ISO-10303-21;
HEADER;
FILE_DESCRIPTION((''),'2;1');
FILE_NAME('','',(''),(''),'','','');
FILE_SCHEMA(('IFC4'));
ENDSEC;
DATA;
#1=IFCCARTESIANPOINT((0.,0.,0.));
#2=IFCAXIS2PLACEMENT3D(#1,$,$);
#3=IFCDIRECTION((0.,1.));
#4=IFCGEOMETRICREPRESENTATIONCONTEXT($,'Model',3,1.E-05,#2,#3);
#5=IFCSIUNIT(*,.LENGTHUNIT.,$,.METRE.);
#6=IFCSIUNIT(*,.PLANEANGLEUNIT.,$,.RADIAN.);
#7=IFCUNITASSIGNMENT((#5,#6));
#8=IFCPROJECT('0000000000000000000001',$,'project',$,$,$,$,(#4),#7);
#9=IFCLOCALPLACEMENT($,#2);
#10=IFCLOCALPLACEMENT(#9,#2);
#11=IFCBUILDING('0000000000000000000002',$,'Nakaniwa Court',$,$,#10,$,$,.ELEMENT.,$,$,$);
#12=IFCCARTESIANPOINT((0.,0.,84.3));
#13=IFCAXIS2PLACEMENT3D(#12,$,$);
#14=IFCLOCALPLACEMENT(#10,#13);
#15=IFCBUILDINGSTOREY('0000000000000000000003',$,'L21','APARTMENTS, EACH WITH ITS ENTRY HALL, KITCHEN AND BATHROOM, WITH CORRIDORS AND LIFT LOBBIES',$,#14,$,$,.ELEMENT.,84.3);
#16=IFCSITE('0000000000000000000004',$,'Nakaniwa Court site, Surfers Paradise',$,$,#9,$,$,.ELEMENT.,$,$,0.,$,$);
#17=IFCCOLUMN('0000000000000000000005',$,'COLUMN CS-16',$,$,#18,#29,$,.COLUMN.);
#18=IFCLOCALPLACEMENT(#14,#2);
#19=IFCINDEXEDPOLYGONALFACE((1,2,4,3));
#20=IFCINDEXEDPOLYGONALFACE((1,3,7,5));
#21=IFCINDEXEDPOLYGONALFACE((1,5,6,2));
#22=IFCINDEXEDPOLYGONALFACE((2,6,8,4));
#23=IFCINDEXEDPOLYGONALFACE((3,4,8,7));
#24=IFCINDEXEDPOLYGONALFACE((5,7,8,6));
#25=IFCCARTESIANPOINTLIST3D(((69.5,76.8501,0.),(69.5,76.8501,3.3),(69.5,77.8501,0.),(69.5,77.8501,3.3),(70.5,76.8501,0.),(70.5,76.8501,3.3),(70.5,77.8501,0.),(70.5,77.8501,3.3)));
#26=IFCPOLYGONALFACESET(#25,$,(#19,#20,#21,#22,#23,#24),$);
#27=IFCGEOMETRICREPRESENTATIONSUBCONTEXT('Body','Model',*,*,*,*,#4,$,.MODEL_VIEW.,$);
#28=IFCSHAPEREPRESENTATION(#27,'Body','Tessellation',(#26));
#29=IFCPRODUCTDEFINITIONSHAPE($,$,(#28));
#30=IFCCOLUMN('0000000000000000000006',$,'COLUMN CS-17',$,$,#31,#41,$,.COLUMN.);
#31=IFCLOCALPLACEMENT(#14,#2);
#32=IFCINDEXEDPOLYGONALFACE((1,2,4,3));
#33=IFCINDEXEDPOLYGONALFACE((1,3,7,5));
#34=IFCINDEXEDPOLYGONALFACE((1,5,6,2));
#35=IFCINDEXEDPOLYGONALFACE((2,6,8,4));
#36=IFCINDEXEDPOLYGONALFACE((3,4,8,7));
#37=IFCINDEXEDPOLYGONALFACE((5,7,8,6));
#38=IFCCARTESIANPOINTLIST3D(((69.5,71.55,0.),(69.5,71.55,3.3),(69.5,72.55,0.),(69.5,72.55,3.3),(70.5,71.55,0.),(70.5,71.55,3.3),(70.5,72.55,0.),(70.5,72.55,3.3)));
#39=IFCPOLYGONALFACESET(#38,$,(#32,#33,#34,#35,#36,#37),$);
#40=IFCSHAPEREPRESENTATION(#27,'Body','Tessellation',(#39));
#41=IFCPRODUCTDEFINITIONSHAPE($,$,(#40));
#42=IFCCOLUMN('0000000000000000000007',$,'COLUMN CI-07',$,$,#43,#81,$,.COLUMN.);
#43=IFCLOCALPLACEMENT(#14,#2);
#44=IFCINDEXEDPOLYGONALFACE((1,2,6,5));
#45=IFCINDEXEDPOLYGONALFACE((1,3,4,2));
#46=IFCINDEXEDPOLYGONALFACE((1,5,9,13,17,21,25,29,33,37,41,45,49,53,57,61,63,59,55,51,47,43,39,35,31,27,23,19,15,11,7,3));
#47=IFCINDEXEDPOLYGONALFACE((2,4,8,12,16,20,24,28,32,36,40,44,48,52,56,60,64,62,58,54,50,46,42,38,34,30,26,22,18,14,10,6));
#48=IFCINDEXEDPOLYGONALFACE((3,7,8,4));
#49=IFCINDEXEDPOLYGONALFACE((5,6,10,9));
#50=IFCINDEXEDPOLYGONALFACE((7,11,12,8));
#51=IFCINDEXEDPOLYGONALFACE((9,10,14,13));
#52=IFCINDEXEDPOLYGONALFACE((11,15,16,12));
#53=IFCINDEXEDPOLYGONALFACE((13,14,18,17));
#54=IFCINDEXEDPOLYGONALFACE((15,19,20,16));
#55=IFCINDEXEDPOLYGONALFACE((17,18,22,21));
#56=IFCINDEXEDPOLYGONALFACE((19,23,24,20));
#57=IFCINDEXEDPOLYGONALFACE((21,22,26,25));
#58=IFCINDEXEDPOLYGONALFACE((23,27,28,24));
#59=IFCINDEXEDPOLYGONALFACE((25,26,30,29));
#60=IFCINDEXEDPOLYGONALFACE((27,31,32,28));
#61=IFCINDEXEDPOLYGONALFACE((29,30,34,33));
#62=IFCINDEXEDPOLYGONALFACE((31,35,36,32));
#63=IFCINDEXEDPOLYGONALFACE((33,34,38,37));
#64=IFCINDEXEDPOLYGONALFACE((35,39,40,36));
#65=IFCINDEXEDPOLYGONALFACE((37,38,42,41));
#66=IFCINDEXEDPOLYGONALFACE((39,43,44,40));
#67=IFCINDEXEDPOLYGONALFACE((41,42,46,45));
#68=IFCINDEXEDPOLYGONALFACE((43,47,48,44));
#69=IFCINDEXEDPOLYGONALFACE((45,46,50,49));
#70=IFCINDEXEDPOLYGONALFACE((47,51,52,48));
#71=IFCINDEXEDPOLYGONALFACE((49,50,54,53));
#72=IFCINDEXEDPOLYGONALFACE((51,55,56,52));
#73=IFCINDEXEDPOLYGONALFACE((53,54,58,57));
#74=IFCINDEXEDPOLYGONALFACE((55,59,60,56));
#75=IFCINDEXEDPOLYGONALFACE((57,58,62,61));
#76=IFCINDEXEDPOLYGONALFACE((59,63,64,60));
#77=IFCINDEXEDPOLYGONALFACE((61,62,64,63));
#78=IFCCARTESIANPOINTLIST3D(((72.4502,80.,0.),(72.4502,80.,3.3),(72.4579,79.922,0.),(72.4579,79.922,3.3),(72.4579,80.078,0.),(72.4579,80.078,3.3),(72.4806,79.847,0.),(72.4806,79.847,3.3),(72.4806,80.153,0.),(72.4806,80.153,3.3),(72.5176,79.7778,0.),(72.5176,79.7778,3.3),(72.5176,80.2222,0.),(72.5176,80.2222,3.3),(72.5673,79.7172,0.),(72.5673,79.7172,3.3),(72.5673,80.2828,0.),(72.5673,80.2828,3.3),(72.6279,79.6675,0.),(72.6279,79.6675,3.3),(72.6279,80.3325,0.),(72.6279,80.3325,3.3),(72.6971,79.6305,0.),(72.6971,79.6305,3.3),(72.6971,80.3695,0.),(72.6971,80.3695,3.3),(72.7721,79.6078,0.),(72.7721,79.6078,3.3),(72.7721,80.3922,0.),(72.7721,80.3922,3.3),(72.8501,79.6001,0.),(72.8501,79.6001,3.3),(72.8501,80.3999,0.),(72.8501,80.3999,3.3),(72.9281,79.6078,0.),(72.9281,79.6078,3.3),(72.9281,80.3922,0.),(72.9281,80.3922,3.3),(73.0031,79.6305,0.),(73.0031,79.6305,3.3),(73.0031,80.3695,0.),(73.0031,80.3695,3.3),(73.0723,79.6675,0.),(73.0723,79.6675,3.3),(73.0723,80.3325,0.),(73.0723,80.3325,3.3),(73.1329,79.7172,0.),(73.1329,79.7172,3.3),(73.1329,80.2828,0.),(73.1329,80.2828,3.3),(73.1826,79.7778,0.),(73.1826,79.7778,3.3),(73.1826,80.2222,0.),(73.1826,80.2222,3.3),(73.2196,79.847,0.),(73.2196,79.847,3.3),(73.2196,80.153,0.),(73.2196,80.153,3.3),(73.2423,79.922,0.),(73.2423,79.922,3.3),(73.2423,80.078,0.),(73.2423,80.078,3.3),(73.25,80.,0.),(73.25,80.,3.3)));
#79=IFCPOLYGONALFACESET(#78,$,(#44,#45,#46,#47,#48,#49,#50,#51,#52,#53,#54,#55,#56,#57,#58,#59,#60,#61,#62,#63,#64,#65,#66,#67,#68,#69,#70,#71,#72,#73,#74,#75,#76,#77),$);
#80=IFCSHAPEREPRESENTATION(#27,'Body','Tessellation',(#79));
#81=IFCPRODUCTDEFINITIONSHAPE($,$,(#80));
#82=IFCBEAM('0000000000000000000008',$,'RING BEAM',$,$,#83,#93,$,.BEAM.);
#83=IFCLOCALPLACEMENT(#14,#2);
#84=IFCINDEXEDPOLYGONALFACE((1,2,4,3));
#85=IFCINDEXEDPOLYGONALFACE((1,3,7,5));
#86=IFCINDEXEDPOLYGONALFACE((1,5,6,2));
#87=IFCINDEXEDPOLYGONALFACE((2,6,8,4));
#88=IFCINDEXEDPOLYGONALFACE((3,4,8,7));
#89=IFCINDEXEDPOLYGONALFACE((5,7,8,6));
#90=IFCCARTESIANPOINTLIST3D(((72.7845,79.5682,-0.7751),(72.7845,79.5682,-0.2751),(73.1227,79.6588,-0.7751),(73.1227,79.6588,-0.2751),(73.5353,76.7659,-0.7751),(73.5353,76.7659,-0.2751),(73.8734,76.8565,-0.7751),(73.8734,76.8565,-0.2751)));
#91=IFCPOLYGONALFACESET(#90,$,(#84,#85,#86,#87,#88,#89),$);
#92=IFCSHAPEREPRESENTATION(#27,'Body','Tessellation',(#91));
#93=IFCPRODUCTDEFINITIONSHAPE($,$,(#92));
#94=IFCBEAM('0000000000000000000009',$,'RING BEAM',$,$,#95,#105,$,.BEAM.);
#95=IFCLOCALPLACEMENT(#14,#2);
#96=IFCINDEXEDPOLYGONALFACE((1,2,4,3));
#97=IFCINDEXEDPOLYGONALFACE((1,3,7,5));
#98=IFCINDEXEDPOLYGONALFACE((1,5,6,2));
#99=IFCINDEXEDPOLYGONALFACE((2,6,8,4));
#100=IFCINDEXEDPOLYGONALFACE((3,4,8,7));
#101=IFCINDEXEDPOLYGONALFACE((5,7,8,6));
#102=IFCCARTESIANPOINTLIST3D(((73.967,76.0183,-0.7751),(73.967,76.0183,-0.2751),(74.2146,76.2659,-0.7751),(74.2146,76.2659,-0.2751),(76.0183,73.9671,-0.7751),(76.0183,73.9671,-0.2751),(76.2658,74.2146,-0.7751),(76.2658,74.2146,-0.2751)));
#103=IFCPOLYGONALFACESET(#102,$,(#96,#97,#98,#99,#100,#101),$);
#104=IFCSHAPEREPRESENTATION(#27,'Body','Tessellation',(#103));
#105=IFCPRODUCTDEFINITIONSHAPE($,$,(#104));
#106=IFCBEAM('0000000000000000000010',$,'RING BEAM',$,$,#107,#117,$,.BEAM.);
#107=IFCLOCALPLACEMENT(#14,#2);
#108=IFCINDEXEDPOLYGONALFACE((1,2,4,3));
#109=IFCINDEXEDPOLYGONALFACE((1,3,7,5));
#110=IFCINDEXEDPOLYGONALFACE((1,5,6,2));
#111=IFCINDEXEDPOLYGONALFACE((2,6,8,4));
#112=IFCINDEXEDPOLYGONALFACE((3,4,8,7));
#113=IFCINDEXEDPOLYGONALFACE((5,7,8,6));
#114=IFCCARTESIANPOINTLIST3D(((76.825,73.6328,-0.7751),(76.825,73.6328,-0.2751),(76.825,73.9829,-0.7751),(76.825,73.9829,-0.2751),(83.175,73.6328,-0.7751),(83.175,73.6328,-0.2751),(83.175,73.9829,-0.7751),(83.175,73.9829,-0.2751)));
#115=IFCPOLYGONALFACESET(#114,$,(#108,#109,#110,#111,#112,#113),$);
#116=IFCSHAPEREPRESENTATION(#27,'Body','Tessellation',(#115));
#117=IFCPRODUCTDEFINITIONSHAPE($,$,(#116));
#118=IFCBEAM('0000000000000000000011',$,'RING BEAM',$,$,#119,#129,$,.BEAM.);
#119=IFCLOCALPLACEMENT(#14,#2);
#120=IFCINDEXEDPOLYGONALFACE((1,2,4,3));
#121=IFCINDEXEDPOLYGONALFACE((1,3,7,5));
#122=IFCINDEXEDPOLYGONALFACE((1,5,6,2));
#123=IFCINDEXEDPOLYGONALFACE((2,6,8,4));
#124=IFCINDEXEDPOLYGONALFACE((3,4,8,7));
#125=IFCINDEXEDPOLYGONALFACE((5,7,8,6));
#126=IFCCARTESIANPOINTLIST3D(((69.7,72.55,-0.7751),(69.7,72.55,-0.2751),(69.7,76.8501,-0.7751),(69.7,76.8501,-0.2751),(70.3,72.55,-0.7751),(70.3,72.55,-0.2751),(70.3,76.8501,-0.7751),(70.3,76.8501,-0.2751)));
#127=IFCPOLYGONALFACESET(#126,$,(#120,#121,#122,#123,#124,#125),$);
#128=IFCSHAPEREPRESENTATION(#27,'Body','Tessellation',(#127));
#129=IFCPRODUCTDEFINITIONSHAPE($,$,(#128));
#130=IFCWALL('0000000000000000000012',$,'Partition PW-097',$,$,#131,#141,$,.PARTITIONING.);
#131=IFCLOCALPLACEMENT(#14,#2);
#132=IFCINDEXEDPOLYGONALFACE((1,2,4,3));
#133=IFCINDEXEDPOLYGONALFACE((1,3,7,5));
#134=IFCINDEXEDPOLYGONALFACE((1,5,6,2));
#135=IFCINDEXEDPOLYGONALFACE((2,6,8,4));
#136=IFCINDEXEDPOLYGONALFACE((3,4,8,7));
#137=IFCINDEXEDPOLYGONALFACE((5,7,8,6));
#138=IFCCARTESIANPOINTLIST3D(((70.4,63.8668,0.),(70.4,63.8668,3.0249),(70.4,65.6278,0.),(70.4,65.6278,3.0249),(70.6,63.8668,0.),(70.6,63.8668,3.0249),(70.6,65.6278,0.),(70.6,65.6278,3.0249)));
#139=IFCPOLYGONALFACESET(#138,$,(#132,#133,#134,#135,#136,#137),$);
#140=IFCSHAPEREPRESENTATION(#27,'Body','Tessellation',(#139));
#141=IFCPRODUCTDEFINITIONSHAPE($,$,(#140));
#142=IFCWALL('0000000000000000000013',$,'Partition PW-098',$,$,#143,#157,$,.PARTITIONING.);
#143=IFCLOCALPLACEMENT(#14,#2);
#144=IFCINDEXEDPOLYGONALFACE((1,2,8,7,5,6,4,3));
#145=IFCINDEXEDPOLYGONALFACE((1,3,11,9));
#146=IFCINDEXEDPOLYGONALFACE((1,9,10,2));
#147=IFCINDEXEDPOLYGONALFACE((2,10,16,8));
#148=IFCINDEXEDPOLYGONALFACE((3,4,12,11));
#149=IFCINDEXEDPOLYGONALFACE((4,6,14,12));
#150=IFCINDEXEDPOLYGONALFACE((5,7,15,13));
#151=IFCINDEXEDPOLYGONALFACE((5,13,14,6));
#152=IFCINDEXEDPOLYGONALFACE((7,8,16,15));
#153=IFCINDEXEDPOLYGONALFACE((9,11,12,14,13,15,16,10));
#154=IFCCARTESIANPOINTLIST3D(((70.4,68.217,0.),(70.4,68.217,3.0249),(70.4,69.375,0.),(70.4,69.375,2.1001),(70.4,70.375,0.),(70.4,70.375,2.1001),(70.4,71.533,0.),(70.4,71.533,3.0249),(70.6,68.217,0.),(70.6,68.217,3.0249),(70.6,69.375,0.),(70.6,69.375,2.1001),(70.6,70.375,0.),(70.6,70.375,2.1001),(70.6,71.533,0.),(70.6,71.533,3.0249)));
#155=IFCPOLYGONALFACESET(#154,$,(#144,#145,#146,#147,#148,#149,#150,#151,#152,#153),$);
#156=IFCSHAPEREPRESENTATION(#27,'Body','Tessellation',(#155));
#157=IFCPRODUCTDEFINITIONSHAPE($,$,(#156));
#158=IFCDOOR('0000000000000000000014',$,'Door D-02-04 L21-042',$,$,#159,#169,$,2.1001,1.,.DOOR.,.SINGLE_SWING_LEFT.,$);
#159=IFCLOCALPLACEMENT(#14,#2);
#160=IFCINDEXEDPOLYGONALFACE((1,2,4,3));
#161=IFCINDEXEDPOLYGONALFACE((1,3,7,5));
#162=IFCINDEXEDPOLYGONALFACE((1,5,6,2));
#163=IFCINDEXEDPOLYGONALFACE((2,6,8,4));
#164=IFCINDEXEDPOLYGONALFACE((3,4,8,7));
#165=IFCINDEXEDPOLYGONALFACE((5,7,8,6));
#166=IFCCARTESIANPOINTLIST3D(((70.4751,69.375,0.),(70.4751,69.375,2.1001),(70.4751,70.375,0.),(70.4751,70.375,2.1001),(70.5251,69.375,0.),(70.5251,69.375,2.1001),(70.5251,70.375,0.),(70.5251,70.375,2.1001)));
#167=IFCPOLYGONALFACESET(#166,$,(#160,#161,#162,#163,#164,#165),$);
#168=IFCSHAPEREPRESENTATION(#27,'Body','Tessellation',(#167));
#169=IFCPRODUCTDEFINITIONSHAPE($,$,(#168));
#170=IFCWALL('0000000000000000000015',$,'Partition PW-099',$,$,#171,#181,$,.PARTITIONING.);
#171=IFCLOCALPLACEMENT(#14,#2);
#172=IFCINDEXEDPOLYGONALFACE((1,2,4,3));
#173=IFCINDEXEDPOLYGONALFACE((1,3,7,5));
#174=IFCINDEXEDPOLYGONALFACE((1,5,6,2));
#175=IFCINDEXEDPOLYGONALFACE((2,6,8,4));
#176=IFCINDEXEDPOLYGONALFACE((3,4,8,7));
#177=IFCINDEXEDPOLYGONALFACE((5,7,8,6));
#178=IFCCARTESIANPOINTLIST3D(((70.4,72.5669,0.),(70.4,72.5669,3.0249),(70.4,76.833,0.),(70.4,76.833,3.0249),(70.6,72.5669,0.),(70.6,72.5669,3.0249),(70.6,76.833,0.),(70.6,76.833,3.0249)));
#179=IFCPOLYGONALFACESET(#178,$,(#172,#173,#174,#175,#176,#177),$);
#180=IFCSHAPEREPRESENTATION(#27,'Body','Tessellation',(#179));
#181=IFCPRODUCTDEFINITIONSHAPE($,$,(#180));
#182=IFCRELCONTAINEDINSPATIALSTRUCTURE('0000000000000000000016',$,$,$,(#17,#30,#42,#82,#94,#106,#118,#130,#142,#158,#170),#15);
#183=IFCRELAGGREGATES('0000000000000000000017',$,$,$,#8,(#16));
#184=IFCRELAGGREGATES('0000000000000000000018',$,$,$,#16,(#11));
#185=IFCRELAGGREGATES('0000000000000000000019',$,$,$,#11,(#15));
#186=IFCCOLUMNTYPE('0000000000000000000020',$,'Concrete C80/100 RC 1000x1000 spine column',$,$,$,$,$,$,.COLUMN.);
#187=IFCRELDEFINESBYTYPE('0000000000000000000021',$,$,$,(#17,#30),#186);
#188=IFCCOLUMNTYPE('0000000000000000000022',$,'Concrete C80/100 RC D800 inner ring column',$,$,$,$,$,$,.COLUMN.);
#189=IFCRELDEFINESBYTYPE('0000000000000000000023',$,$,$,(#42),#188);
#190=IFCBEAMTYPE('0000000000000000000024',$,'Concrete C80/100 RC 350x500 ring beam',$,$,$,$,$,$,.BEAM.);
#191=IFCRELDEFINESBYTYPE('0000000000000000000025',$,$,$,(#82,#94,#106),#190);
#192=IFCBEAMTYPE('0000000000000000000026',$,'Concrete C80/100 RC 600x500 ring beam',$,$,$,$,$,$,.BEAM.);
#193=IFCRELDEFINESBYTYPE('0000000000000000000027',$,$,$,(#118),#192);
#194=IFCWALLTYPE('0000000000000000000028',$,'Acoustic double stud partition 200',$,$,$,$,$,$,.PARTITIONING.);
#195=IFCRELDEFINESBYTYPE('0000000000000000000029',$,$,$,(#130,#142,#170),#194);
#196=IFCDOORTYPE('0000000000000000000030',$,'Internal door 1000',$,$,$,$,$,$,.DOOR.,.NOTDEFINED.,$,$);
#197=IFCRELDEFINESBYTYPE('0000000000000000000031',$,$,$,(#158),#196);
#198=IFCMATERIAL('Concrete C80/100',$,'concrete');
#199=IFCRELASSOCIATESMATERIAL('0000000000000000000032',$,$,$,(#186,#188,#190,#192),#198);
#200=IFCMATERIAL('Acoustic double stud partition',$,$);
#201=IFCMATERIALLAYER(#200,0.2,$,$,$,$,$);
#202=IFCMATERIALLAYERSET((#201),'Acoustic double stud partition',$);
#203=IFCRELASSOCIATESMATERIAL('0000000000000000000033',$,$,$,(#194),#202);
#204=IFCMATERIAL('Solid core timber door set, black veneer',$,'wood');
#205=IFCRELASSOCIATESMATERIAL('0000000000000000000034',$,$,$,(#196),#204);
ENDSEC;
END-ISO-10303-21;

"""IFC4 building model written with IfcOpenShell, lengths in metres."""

from ifc_helpers import new_model, si_unit, direction, frame, frame_2d, origin, origin_2d, place, context, subcontext, project, spatial, rectangle, circle, extrude, material, layer, layer_set, material_profile, profile_set, type_object, element, fill, save


model = new_model("IFC4")

# Units and contexts
model_context = context("Model", 3, precision=1e-05, world=origin(), true_north=direction((0.0, 1.0)))
body_context = subcontext(model_context, "Body", "Model", "MODEL_VIEW")
ifc_project = project(units=[si_unit("LENGTHUNIT", "METRE"), si_unit("PLANEANGLEUNIT", "RADIAN")], contexts=[model_context])

# Site, building, storey
site_placement = place(None, origin())
site = spatial("IfcSite", under=ifc_project, at=site_placement, Name="Nakaniwa Court site, Surfers Paradise", CompositionType="ELEMENT", RefElevation=0.0)
building_placement = place(site_placement, origin())
building = spatial("IfcBuilding", under=site, at=building_placement, Name="Nakaniwa Court", CompositionType="ELEMENT")
storey_placement = place(building_placement, frame((0.0, 0.0, 84.3)))
storey = spatial("IfcBuildingStorey", under=building, at=storey_placement, Name="L21", Description="APARTMENTS, EACH WITH ITS ENTRY HALL, KITCHEN AND BATHROOM, WITH CORRIDORS AND LIFT LOBBIES", CompositionType="ELEMENT", Elevation=84.3)

# Columns
ifc_material_1 = material(Name="Concrete C80/100", Category="concrete")
ifc_material_profile_1 = material_profile(ifc_material_1, rectangle(XDim=1.0, YDim=1.0, at=origin_2d()), Name="Concrete C80/100 RC 1000x1000 spine column")
ifc_profile_set_1 = profile_set([ifc_material_profile_1], Name="Concrete C80/100")
column_type_1 = type_object("IfcColumnType", Name="Concrete C80/100 RC 1000x1000 spine column", PredefinedType="COLUMN", material=ifc_profile_set_1)
for number, where, z_axis, x_axis, name in (
    (1, (70.0, 77.3501, 0.0), (0.0, 0.0, 1.0), (0.0, -1.0, 0.0), "COLUMN CS-16"),
    (2, (70.0, 72.05, 0.0), (0.0, 0.0, 1.0), (0.0, -1.0, 0.0), "COLUMN CS-17"),
):
    element("IfcColumn", number, at=place(storey_placement, frame(where, z_axis=z_axis, x_axis=x_axis)), inside=storey, type_object=column_type_1, Name=name, PredefinedType="COLUMN", context=body_context, shape_type="SweptSolid", body=[
        extrude(rectangle(XDim=1.0, YDim=1.0, at=origin_2d()), origin(), (0.0, 0.0, 1.0), 3.3),
    ])
ifc_material_profile_2 = material_profile(ifc_material_1, circle(Radius=0.3999, at=origin_2d()), Name="Concrete C80/100 RC D800 inner ring column")
ifc_profile_set_2 = profile_set([ifc_material_profile_2], Name="Concrete C80/100")
column_type_2 = type_object("IfcColumnType", Name="Concrete C80/100 RC D800 inner ring column", PredefinedType="COLUMN", material=ifc_profile_set_2)
for number, where, z_axis, x_axis, name in (
    (3, (72.8501, 80.0, 0.0), (0.0, 0.0, 1.0), (0.0, -1.0, 0.0), "COLUMN CI-07"),
):
    element("IfcColumn", number, at=place(storey_placement, frame(where, z_axis=z_axis, x_axis=x_axis)), inside=storey, type_object=column_type_2, Name=name, PredefinedType="COLUMN", context=body_context, shape_type="SweptSolid", body=[
        extrude(circle(Radius=0.3999, at=origin_2d()), origin(), (0.0, 0.0, 1.0), 3.3),
    ])

# Beams
ifc_material_profile_3 = material_profile(ifc_material_1, rectangle(XDim=0.3501, YDim=0.5, at=origin_2d()), Name="Concrete C80/100 RC 350x500 ring beam")
ifc_profile_set_3 = profile_set([ifc_material_profile_3], Name="Concrete C80/100")
beam_type_1 = type_object("IfcBeamType", Name="Concrete C80/100 RC 350x500 ring beam", PredefinedType="BEAM", material=ifc_profile_set_3)
beam_1_placement = place(storey_placement, frame((72.9536, 79.6135, -0.5251), z_axis=(0.258778, -0.965937, 0.0), x_axis=(0.965937, 0.258778, 0.0)))
element("IfcBeam", 4, at=beam_1_placement, inside=storey, type_object=beam_type_1, Name="RING BEAM", PredefinedType="BEAM", context=body_context, shape_type="SweptSolid", body=[
    extrude(rectangle(XDim=0.3501, YDim=0.5, at=origin_2d()), origin(), (0.0, 0.0, 1.0), 2.9011),
])
beam_2_placement = place(storey_placement, frame((74.0908, 76.1421, -0.5251), z_axis=(0.707107, -0.707107, 0.0), x_axis=(0.707107, 0.707107, 0.0)))
element("IfcBeam", 5, at=beam_2_placement, inside=storey, type_object=beam_type_1, Name="RING BEAM", PredefinedType="BEAM", context=body_context, shape_type="SweptSolid", body=[
    extrude(rectangle(XDim=0.3501, YDim=0.5, at=origin_2d()), origin(), (0.0, 0.0, 1.0), 2.9009),
])
beam_3_placement = place(storey_placement, frame((76.825, 73.8079, -0.5251), z_axis=(1.0, 0.0, 0.0), x_axis=(0.0, 1.0, 0.0)))
element("IfcBeam", 6, at=beam_3_placement, inside=storey, type_object=beam_type_1, Name="RING BEAM", PredefinedType="BEAM", context=body_context, shape_type="SweptSolid", body=[
    extrude(rectangle(XDim=0.3501, YDim=0.5, at=origin_2d()), origin(), (0.0, 0.0, 1.0), 6.3501),
])
ifc_material_profile_4 = material_profile(ifc_material_1, rectangle(XDim=0.6001, YDim=0.5, at=origin_2d()), Name="Concrete C80/100 RC 600x500 ring beam")
ifc_profile_set_4 = profile_set([ifc_material_profile_4], Name="Concrete C80/100")
beam_type_2 = type_object("IfcBeamType", Name="Concrete C80/100 RC 600x500 ring beam", PredefinedType="BEAM", material=ifc_profile_set_4)
beam_4_placement = place(storey_placement, frame((70.0, 76.8501, -0.5251), z_axis=(0.0, -1.0, 0.0), x_axis=(1.0, 0.0, 0.0)))
element("IfcBeam", 7, at=beam_4_placement, inside=storey, type_object=beam_type_2, Name="RING BEAM", PredefinedType="BEAM", context=body_context, shape_type="SweptSolid", body=[
    extrude(rectangle(XDim=0.6001, YDim=0.5, at=origin_2d()), origin(), (0.0, 0.0, 1.0), 4.3),
])

# Wall
ifc_material_2 = material(Name="Acoustic double stud partition")
ifc_layer_1 = layer(ifc_material_2, 0.2)
ifc_layer_set_1 = layer_set([ifc_layer_1], Name="Acoustic double stud partition")
wall_type_1 = type_object("IfcWallType", Name="Acoustic double stud partition 200", PredefinedType="PARTITIONING", material=ifc_layer_set_1)
wall_1_placement = place(storey_placement, frame((70.5, 63.8669, 0.0), z_axis=(0.0, 0.0, 1.0), x_axis=(0.0, 1.0, 0.0)))
element("IfcWall", 8, at=wall_1_placement, inside=storey, type_object=wall_type_1, Name="Partition PW-097", PredefinedType="PARTITIONING", context=body_context, shape_type="SweptSolid", body=[
    extrude(rectangle(XDim=1.761, YDim=0.2, at=frame_2d((0.8804, 0.0))), origin(), (0.0, 0.0, 1.0), 3.0249),
])

# Wall, opening, door
wall_2_placement = place(storey_placement, frame((70.5, 68.217, 0.0), z_axis=(0.0, 0.0, 1.0), x_axis=(0.0, 1.0, 0.0)))
wall_2 = element("IfcWall", 9, at=wall_2_placement, inside=storey, type_object=wall_type_1, Name="Partition PW-098", PredefinedType="PARTITIONING", context=body_context, shape_type="SweptSolid", body=[
    extrude(rectangle(XDim=3.3159, YDim=0.2, at=frame_2d((1.658, 0.0))), origin(), (0.0, 0.0, 1.0), 3.0249),
])
opening_1_placement = place(wall_2_placement, frame((1.158, 0.0, 0.0)))
opening_1 = element("IfcOpeningElement", 10, at=opening_1_placement, cuts=wall_2, PredefinedType="OPENING", context=body_context, shape_type="SweptSolid", body=[
    extrude(rectangle(XDim=1.0, YDim=2.1001, at=frame_2d((0.5, 1.05))), frame((0.0, 0.1099, 0.0), z_axis=(0.0, -1.0, 0.0), x_axis=(1.0, 0.0, 0.0)), (0.0, 0.0, 1.0), 0.22),
])
ifc_material_3 = material(Name="Solid core timber door set, black veneer", Category="wood")
door_type_1 = type_object("IfcDoorType", Name="Internal door 1000", OperationType="NOTDEFINED", PredefinedType="DOOR", material=ifc_material_3)
door_1_placement = place(opening_1_placement, origin())
door_1 = element("IfcDoor", 11, at=door_1_placement, inside=storey, type_object=door_type_1, Name="Door D-02-04 L21-042", OperationType="SINGLE_SWING_LEFT", OverallHeight=2.1001, OverallWidth=1.0, PredefinedType="DOOR", context=body_context, shape_type="SweptSolid", body=[
    extrude(rectangle(XDim=1.0, YDim=2.1001, at=frame_2d((0.5, 1.05))), frame((0.0, 0.0249, 0.0), z_axis=(0.0, -1.0, 0.0), x_axis=(1.0, 0.0, 0.0)), (0.0, 0.0, 1.0), 0.05),
])
fill(opening_1, door_1)

# Wall
wall_3_placement = place(storey_placement, frame((70.5, 72.5669, 0.0), z_axis=(0.0, 0.0, 1.0), x_axis=(0.0, 1.0, 0.0)))
element("IfcWall", 12, at=wall_3_placement, inside=storey, type_object=wall_type_1, Name="Partition PW-099", PredefinedType="PARTITIONING", context=body_context, shape_type="SweptSolid", body=[
    extrude(rectangle(XDim=4.2661, YDim=0.2, at=frame_2d((2.1331, 0.0))), origin(), (0.0, 0.0, 1.0), 3.0249),
])

save(model, "model.ifc")
